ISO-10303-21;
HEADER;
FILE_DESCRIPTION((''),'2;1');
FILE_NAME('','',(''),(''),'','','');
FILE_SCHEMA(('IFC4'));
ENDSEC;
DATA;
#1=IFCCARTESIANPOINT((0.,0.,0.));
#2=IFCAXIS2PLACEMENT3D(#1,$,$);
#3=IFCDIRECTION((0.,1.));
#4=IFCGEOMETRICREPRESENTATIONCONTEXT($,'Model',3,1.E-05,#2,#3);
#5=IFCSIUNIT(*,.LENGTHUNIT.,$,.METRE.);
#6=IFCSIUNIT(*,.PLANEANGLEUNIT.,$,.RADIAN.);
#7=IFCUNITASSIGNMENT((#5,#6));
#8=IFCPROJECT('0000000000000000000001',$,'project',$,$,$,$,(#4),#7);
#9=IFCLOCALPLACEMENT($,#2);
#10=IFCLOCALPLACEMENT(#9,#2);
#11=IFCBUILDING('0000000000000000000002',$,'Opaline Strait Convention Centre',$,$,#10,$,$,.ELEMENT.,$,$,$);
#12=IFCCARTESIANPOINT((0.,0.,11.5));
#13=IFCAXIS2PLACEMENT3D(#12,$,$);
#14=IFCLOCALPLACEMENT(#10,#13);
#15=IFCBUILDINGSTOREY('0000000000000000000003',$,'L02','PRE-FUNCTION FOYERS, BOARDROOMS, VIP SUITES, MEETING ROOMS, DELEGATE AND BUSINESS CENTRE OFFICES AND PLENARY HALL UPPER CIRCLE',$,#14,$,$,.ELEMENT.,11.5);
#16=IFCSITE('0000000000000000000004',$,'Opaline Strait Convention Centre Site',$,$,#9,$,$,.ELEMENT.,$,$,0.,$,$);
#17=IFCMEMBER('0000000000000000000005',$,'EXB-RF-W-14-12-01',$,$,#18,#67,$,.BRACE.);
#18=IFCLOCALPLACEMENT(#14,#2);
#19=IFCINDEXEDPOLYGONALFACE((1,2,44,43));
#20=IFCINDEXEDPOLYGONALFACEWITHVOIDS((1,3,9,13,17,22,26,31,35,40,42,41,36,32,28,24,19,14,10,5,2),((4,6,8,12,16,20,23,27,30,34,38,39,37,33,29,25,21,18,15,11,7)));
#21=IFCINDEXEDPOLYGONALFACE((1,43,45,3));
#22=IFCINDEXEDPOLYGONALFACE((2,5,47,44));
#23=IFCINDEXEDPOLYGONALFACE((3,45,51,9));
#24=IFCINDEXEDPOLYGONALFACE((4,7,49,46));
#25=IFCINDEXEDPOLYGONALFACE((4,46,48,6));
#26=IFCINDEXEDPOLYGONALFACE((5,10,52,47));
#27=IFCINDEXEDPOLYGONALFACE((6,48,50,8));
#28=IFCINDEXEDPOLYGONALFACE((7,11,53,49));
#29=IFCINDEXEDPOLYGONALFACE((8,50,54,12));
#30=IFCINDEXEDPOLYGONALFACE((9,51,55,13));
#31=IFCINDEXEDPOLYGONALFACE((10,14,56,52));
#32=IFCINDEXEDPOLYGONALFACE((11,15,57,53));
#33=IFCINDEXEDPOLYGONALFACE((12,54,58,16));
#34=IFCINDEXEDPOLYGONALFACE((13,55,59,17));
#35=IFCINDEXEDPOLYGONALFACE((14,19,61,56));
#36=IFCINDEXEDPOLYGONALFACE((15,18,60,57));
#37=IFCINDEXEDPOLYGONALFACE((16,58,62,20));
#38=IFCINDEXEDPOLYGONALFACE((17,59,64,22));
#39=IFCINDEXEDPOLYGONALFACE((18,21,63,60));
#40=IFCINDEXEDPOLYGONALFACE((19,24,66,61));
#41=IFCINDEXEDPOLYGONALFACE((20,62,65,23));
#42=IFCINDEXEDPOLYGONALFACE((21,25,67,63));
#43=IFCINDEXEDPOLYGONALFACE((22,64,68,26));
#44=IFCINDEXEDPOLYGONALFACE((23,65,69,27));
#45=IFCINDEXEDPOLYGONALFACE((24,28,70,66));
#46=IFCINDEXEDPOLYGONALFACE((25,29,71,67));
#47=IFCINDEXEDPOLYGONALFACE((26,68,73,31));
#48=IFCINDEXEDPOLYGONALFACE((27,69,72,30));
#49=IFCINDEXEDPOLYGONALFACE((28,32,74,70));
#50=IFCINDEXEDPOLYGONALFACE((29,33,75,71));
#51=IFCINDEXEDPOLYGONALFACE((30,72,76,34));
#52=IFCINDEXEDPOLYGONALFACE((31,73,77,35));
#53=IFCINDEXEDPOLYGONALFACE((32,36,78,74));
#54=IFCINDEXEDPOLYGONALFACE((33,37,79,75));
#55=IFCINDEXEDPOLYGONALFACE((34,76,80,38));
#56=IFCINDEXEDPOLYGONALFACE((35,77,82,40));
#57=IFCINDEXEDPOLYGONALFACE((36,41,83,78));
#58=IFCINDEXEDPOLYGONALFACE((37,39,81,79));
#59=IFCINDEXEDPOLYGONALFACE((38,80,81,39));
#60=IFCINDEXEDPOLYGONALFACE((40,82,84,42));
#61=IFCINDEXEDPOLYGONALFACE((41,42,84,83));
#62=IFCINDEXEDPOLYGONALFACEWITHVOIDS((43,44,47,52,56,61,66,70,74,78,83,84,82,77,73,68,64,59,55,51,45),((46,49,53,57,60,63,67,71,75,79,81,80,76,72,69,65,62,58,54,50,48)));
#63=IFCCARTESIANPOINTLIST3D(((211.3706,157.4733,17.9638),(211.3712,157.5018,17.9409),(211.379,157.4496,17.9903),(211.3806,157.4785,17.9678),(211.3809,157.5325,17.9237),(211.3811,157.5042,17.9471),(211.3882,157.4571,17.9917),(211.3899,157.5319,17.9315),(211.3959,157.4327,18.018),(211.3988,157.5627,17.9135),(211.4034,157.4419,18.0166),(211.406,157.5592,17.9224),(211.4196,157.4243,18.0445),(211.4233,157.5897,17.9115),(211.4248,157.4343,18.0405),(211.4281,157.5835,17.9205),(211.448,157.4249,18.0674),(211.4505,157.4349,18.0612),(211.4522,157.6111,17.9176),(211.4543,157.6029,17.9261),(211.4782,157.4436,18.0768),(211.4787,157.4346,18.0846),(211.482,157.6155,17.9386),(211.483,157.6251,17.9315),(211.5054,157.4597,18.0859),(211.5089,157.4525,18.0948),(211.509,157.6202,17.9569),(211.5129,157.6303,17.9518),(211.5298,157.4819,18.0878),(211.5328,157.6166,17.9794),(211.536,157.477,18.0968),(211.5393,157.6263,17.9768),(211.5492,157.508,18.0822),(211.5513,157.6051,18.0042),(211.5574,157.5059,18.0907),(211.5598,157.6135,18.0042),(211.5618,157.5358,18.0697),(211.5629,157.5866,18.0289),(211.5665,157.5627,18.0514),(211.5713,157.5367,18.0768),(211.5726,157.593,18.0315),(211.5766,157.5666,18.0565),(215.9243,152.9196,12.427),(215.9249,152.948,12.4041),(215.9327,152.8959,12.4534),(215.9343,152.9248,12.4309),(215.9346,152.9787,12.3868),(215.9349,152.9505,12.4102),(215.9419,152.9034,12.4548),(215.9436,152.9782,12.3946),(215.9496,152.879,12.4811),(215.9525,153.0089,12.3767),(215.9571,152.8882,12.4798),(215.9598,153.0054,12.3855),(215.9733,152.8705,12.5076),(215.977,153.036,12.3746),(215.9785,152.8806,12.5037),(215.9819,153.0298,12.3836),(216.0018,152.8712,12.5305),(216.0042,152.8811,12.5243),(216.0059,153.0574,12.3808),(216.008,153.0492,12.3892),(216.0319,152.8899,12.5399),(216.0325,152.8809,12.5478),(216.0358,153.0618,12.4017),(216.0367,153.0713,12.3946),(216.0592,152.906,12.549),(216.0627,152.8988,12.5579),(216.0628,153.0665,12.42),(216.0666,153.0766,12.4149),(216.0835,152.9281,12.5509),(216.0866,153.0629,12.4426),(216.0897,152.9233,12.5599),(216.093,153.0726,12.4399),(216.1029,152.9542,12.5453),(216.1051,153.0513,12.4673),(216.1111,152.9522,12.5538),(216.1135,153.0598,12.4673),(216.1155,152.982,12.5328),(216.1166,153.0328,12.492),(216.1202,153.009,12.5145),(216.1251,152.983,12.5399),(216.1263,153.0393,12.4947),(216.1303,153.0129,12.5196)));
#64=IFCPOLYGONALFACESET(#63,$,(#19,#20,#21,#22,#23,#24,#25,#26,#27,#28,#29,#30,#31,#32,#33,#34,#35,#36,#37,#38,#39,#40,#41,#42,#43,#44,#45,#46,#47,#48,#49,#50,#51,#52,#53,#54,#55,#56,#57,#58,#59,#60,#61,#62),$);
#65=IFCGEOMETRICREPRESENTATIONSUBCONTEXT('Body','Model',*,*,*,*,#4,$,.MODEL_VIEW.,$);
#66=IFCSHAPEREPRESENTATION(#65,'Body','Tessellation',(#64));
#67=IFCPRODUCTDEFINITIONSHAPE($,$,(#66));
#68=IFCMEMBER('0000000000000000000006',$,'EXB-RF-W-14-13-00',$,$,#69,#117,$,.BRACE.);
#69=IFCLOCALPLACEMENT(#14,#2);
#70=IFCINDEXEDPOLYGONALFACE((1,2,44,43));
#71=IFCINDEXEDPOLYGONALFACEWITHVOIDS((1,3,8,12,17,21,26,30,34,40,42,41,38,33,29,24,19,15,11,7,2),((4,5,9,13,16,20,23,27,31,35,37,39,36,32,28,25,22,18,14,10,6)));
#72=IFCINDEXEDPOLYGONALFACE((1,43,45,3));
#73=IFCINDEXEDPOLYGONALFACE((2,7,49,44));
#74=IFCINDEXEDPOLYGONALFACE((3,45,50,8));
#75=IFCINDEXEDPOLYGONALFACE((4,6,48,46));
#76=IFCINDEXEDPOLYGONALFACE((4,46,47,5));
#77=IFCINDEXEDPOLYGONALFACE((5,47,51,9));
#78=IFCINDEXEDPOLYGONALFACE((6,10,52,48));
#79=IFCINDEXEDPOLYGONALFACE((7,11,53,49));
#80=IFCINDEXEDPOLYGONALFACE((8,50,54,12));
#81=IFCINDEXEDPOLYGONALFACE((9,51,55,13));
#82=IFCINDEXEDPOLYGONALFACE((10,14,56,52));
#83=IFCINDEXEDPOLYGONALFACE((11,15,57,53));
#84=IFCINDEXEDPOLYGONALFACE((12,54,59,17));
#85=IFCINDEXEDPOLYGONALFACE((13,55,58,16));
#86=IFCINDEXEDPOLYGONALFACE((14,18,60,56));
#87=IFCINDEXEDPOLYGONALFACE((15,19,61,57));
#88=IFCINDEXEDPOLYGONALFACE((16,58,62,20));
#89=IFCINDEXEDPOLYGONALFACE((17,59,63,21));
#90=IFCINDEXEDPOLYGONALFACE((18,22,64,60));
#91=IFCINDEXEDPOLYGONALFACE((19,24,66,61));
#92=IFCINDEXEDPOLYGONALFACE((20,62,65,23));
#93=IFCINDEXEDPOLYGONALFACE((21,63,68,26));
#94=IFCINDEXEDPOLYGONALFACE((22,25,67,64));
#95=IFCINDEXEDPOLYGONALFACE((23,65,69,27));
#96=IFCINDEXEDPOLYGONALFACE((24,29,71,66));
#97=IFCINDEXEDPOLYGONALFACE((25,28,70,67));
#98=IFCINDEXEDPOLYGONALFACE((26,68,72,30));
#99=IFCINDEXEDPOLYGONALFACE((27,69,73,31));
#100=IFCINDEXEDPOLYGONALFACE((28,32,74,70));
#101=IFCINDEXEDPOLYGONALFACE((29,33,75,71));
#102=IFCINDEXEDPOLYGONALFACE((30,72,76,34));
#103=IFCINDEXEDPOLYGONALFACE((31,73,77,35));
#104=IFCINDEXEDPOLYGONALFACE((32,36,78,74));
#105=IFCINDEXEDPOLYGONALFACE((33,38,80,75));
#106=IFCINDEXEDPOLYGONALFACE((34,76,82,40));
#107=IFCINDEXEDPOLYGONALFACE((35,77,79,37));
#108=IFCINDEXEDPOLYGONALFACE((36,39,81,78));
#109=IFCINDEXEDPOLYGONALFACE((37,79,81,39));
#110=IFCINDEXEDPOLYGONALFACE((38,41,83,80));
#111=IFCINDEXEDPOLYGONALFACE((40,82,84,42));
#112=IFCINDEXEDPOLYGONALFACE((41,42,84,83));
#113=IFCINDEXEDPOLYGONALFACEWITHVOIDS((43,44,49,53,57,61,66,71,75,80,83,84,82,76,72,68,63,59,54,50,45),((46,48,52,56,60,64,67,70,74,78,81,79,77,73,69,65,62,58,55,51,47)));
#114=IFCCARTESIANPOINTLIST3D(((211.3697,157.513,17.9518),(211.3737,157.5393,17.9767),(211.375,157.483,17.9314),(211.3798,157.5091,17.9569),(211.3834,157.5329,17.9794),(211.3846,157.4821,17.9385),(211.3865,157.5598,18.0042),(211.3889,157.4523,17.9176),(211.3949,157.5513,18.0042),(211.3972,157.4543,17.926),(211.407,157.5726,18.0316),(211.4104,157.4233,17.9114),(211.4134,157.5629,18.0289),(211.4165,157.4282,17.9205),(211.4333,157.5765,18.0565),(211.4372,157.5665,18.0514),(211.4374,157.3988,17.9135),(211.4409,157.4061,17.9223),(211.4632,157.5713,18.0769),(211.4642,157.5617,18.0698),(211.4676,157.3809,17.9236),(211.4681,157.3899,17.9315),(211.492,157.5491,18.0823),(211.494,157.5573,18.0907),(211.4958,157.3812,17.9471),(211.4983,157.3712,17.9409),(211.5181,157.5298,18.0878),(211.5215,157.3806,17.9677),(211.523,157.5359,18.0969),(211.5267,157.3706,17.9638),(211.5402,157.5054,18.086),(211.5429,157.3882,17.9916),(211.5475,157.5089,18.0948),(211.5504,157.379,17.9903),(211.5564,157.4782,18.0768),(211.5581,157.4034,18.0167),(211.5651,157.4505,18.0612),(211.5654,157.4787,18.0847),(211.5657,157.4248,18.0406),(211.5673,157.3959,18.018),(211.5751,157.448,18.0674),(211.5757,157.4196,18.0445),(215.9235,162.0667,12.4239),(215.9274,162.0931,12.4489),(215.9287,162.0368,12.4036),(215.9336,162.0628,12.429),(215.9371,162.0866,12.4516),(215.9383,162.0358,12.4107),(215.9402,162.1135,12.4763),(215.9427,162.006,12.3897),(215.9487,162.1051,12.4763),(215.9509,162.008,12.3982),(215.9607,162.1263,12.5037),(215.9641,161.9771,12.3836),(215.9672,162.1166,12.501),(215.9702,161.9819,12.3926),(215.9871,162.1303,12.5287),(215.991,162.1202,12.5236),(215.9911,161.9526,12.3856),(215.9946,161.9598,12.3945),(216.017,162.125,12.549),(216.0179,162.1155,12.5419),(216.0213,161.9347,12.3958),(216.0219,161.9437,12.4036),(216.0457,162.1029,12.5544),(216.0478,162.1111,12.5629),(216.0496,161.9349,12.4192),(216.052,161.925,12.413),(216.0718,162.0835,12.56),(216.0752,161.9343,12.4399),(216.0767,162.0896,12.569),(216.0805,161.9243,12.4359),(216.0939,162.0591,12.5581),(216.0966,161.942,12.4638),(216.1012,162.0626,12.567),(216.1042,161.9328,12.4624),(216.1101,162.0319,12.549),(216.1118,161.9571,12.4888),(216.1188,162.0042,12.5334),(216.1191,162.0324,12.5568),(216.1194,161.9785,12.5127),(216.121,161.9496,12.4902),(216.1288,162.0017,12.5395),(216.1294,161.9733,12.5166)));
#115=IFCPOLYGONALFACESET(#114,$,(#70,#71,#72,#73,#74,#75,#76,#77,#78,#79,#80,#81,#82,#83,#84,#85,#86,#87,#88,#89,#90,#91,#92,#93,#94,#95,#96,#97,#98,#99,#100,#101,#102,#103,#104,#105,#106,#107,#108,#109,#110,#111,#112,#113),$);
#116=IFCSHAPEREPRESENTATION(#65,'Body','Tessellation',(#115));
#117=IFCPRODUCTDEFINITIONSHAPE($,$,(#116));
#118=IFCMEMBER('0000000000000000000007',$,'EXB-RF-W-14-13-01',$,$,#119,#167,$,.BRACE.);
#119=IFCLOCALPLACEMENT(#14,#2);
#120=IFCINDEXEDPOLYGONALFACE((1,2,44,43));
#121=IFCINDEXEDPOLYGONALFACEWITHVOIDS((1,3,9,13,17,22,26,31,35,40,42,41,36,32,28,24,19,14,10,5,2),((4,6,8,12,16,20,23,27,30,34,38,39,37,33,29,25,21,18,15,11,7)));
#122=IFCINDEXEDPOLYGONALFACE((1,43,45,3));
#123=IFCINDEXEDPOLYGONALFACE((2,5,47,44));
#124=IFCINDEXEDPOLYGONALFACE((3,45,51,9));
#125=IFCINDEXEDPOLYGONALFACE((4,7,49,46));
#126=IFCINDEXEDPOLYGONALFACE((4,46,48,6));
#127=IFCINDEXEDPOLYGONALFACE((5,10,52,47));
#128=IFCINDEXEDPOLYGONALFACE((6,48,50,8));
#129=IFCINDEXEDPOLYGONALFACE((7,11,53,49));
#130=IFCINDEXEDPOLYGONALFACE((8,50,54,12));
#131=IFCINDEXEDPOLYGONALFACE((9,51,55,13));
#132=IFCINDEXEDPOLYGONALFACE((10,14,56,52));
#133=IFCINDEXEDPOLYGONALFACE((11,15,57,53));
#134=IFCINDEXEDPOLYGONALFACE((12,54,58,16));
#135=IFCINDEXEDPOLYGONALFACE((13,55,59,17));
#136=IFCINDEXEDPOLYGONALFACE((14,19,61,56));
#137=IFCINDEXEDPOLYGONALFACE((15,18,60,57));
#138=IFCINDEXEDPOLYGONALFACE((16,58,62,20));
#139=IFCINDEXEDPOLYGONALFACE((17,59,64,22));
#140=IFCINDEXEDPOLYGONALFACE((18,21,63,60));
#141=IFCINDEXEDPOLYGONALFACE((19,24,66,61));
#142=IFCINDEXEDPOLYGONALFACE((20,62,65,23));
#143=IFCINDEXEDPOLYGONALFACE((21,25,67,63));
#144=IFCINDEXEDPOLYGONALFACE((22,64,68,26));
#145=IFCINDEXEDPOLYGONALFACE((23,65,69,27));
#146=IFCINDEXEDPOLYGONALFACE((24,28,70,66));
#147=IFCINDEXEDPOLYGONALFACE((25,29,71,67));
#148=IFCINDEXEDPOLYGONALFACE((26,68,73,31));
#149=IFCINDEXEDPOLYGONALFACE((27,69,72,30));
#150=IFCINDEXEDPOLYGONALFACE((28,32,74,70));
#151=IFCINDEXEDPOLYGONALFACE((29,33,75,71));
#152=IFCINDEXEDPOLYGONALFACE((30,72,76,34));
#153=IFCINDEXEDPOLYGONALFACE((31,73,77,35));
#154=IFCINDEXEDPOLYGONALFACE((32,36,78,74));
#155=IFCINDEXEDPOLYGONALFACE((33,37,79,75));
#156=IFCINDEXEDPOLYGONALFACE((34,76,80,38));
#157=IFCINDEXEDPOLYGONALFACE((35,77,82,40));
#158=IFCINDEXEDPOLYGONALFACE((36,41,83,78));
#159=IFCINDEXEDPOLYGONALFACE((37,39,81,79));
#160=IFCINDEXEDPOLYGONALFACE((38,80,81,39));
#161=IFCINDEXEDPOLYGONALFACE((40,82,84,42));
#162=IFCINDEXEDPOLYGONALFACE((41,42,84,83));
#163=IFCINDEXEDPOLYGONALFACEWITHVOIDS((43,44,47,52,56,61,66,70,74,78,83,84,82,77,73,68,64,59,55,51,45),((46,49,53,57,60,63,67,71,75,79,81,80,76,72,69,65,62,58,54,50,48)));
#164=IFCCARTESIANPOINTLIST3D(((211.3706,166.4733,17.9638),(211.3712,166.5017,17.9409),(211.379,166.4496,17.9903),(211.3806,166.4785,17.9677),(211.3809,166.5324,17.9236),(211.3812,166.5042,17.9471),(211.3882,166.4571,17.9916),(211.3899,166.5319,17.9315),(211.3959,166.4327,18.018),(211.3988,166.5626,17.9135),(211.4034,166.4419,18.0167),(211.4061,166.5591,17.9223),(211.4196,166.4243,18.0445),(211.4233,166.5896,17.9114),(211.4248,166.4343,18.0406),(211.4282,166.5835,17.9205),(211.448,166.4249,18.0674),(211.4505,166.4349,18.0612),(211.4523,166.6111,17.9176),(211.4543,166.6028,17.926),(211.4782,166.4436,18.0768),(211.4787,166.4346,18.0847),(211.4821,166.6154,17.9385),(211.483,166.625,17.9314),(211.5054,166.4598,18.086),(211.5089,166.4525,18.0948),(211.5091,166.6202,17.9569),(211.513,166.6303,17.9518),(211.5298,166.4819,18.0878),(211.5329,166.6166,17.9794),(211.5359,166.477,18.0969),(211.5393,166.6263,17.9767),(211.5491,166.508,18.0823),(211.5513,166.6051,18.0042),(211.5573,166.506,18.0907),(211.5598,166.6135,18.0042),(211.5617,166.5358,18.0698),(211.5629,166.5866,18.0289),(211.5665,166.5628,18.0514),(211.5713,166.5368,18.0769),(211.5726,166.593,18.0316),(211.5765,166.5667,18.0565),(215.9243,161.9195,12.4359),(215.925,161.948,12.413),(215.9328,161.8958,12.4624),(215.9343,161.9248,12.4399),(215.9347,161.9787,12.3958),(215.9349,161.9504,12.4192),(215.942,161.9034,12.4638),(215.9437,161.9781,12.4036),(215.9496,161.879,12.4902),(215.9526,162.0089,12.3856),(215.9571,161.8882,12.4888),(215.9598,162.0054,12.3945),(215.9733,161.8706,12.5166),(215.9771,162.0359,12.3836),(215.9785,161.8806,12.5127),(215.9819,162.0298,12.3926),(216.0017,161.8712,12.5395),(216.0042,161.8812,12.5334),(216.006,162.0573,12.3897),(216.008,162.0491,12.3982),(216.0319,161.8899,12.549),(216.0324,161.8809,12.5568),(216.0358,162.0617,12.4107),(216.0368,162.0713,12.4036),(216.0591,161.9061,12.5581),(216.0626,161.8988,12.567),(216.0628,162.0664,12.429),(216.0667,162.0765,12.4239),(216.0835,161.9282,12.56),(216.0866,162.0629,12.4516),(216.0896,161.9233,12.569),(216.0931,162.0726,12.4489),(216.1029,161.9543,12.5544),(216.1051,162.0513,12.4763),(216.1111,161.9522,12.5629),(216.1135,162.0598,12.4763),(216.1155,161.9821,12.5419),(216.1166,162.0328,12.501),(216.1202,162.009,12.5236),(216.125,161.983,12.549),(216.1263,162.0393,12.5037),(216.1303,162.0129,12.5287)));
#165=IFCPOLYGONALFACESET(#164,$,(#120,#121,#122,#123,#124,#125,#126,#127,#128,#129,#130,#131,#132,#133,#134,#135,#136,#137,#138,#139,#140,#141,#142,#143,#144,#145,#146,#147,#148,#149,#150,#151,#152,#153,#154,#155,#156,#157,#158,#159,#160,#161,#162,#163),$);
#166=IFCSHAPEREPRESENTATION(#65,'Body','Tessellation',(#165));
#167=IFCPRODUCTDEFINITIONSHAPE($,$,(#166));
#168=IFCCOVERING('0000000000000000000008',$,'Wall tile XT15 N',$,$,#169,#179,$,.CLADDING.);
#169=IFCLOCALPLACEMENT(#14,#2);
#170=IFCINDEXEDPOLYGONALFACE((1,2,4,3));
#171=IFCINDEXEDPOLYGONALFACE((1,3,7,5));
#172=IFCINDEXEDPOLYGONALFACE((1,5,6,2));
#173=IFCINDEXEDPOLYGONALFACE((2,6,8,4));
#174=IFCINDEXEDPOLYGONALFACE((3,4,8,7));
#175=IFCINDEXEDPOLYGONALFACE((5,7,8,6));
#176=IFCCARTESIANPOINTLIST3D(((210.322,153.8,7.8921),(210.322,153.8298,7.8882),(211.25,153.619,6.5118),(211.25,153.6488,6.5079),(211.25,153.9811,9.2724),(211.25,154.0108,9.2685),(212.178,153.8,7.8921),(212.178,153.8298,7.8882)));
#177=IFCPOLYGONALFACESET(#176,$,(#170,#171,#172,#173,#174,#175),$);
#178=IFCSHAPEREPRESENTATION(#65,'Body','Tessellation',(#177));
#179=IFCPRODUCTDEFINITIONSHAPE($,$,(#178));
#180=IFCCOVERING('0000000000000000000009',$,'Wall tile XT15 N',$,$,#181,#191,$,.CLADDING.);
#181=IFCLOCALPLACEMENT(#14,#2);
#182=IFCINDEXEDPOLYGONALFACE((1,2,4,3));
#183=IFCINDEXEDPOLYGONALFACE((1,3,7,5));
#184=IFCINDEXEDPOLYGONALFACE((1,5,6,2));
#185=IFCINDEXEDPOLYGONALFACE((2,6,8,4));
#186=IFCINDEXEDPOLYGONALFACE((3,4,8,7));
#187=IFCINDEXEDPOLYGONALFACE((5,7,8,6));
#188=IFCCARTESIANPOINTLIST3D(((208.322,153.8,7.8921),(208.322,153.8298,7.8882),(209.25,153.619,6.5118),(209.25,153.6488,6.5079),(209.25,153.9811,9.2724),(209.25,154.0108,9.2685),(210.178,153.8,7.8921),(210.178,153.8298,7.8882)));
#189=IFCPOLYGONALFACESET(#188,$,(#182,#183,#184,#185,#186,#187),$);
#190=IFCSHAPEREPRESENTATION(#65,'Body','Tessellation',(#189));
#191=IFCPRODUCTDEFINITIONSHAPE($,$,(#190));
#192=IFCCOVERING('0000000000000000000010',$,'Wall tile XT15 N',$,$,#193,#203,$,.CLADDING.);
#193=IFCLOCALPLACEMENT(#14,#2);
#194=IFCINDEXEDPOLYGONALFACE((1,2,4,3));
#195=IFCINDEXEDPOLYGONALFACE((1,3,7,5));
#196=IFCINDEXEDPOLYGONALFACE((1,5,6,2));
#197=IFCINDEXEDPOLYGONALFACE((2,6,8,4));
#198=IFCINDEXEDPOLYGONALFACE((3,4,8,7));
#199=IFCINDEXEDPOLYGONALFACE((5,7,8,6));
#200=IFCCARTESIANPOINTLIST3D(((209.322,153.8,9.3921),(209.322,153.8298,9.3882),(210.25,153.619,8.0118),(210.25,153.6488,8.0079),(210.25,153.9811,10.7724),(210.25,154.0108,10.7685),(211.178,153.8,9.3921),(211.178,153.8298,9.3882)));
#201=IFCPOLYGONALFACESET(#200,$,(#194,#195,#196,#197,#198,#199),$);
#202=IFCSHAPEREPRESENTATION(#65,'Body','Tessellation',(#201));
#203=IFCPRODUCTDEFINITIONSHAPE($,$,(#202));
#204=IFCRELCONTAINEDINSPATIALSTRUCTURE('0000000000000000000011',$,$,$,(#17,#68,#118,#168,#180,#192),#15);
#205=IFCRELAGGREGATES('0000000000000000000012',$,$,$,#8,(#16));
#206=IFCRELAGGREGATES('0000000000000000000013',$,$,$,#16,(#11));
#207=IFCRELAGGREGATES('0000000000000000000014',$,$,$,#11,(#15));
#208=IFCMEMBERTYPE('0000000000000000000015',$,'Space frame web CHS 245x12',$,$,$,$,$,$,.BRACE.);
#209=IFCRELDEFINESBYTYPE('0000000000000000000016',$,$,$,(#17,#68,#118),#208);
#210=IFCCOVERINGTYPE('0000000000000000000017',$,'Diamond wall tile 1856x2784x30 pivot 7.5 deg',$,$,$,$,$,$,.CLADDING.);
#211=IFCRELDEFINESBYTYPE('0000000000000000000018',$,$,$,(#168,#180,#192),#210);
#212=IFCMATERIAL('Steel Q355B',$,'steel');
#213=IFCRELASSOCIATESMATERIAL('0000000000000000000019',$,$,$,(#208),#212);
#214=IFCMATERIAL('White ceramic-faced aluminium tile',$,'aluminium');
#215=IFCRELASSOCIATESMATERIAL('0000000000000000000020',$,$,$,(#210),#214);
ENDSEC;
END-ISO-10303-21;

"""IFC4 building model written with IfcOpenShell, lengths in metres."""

from ifc_helpers import new_model, si_unit, direction, frame, origin, origin_2d, place, context, subcontext, project, spatial, polyline, hollow_circle, outline, extrude, material, material_profile, profile_set, type_object, element, save


model = new_model("IFC4")

# Units and contexts
model_context = context("Model", 3, precision=1e-05, world=origin(), true_north=direction((0.0, 1.0)))
body_context = subcontext(model_context, "Body", "Model", "MODEL_VIEW")
ifc_project = project(units=[si_unit("LENGTHUNIT", "METRE"), si_unit("PLANEANGLEUNIT", "RADIAN")], contexts=[model_context])

# Site, building, storey
site_placement = place(None, origin())
site = spatial("IfcSite", under=ifc_project, at=site_placement, Name="Opaline Strait Convention Centre Site", CompositionType="ELEMENT", RefElevation=0.0)
building_placement = place(site_placement, origin())
building = spatial("IfcBuilding", under=site, at=building_placement, Name="Opaline Strait Convention Centre", CompositionType="ELEMENT")
storey_placement = place(building_placement, frame((0.0, 0.0, 11.5)))
storey = spatial("IfcBuildingStorey", under=building, at=storey_placement, Name="L02", Description="PRE-FUNCTION FOYERS, BOARDROOMS, VIP SUITES, MEETING ROOMS, DELEGATE AND BUSINESS CENTRE OFFICES AND PLENARY HALL UPPER CIRCLE", CompositionType="ELEMENT", Elevation=11.5)

# Members
ifc_material_1 = material(Name="Steel Q355B", Category="steel")
ifc_material_profile_1 = material_profile(ifc_material_1, hollow_circle(Radius=0.1226, WallThickness=0.012, at=origin_2d()), Name="CHS 245x12")
ifc_profile_set_1 = profile_set([ifc_material_profile_1], Name="Steel Q355B")
member_type_1 = type_object("IfcMemberType", Name="Space frame web CHS 245x12", PredefinedType="BRACE", material=ifc_profile_set_1)
member_1_placement = place(storey_placement, frame((211.4731, 157.5269, 18.0042), z_axis=(0.536178, -0.536178, -0.65194), x_axis=(0.707107, 0.707107, 0.0)))
element("IfcMember", 1, at=member_1_placement, inside=storey, type_object=member_type_1, Name="EXB-RF-W-14-12-01", PredefinedType="BRACE", context=body_context, shape_type="SweptSolid", body=[
    extrude(hollow_circle(Radius=0.1226, WallThickness=0.012, at=origin_2d()), origin(), (0.0, 0.0, 1.0), 8.4929),
])
for number, where, z_axis, x_axis, name in (
    (2, (211.4731, 157.4731, 18.0042), (0.53655, 0.53655, -0.651328), (-0.707107, 0.707107, 0.0), "EXB-RF-W-14-13-00"),
    (3, (211.4731, 166.5269, 18.0042), (0.53655, -0.53655, -0.651328), (0.707107, 0.707107, 0.0), "EXB-RF-W-14-13-01"),
):
    element("IfcMember", number, at=place(storey_placement, frame(where, z_axis=z_axis, x_axis=x_axis)), inside=storey, type_object=member_type_1, Name=name, PredefinedType="BRACE", context=body_context, shape_type="SweptSolid", body=[
        extrude(hollow_circle(Radius=0.1226, WallThickness=0.012, at=origin_2d()), origin(), (0.0, 0.0, 1.0), 8.4871),
    ])

# Coverings
ifc_material_2 = material(Name="White ceramic-faced aluminium tile", Category="aluminium")
ifc_material_profile_2 = material_profile(ifc_material_2, outline(polyline([(0.928, 0.0), (0.0, 1.3921), (-0.928, 0.0), (0.0, -1.3921), (0.928, 0.0)])), Name="Diamond tile 1856x2784")
ifc_profile_set_2 = profile_set([ifc_material_profile_2], Name="White ceramic-faced aluminium tile")
covering_type_1 = type_object("IfcCoveringType", Name="Diamond wall tile 1856x2784x30 pivot 7.5 deg", PredefinedType="CLADDING", material=ifc_profile_set_2)
for number, where, z_axis, x_axis, name in (
    (4, (211.25, 153.8, 7.8921), (0.0, 0.99151, -0.130034), (-1.0, 0.0, 0.0), "Wall tile XT15 N"),
    (5, (209.25, 153.8, 7.8921), (0.0, 0.99151, -0.130034), (-1.0, 0.0, 0.0), "Wall tile XT15 N"),
    (6, (210.25, 153.8, 9.3921), (0.0, 0.99151, -0.130034), (-1.0, 0.0, 0.0), "Wall tile XT15 N"),
):
    element("IfcCovering", number, at=place(storey_placement, frame(where, z_axis=z_axis, x_axis=x_axis)), inside=storey, type_object=covering_type_1, Name=name, PredefinedType="CLADDING", context=body_context, shape_type="SweptSolid", body=[
        extrude(outline(polyline([(0.928, 0.0), (0.0, 1.3921), (-0.928, 0.0), (0.0, -1.3921), (0.928, 0.0)])), origin(), (0.0, 0.0, 1.0), 0.03),
    ])

save(model, "model.ifc")
